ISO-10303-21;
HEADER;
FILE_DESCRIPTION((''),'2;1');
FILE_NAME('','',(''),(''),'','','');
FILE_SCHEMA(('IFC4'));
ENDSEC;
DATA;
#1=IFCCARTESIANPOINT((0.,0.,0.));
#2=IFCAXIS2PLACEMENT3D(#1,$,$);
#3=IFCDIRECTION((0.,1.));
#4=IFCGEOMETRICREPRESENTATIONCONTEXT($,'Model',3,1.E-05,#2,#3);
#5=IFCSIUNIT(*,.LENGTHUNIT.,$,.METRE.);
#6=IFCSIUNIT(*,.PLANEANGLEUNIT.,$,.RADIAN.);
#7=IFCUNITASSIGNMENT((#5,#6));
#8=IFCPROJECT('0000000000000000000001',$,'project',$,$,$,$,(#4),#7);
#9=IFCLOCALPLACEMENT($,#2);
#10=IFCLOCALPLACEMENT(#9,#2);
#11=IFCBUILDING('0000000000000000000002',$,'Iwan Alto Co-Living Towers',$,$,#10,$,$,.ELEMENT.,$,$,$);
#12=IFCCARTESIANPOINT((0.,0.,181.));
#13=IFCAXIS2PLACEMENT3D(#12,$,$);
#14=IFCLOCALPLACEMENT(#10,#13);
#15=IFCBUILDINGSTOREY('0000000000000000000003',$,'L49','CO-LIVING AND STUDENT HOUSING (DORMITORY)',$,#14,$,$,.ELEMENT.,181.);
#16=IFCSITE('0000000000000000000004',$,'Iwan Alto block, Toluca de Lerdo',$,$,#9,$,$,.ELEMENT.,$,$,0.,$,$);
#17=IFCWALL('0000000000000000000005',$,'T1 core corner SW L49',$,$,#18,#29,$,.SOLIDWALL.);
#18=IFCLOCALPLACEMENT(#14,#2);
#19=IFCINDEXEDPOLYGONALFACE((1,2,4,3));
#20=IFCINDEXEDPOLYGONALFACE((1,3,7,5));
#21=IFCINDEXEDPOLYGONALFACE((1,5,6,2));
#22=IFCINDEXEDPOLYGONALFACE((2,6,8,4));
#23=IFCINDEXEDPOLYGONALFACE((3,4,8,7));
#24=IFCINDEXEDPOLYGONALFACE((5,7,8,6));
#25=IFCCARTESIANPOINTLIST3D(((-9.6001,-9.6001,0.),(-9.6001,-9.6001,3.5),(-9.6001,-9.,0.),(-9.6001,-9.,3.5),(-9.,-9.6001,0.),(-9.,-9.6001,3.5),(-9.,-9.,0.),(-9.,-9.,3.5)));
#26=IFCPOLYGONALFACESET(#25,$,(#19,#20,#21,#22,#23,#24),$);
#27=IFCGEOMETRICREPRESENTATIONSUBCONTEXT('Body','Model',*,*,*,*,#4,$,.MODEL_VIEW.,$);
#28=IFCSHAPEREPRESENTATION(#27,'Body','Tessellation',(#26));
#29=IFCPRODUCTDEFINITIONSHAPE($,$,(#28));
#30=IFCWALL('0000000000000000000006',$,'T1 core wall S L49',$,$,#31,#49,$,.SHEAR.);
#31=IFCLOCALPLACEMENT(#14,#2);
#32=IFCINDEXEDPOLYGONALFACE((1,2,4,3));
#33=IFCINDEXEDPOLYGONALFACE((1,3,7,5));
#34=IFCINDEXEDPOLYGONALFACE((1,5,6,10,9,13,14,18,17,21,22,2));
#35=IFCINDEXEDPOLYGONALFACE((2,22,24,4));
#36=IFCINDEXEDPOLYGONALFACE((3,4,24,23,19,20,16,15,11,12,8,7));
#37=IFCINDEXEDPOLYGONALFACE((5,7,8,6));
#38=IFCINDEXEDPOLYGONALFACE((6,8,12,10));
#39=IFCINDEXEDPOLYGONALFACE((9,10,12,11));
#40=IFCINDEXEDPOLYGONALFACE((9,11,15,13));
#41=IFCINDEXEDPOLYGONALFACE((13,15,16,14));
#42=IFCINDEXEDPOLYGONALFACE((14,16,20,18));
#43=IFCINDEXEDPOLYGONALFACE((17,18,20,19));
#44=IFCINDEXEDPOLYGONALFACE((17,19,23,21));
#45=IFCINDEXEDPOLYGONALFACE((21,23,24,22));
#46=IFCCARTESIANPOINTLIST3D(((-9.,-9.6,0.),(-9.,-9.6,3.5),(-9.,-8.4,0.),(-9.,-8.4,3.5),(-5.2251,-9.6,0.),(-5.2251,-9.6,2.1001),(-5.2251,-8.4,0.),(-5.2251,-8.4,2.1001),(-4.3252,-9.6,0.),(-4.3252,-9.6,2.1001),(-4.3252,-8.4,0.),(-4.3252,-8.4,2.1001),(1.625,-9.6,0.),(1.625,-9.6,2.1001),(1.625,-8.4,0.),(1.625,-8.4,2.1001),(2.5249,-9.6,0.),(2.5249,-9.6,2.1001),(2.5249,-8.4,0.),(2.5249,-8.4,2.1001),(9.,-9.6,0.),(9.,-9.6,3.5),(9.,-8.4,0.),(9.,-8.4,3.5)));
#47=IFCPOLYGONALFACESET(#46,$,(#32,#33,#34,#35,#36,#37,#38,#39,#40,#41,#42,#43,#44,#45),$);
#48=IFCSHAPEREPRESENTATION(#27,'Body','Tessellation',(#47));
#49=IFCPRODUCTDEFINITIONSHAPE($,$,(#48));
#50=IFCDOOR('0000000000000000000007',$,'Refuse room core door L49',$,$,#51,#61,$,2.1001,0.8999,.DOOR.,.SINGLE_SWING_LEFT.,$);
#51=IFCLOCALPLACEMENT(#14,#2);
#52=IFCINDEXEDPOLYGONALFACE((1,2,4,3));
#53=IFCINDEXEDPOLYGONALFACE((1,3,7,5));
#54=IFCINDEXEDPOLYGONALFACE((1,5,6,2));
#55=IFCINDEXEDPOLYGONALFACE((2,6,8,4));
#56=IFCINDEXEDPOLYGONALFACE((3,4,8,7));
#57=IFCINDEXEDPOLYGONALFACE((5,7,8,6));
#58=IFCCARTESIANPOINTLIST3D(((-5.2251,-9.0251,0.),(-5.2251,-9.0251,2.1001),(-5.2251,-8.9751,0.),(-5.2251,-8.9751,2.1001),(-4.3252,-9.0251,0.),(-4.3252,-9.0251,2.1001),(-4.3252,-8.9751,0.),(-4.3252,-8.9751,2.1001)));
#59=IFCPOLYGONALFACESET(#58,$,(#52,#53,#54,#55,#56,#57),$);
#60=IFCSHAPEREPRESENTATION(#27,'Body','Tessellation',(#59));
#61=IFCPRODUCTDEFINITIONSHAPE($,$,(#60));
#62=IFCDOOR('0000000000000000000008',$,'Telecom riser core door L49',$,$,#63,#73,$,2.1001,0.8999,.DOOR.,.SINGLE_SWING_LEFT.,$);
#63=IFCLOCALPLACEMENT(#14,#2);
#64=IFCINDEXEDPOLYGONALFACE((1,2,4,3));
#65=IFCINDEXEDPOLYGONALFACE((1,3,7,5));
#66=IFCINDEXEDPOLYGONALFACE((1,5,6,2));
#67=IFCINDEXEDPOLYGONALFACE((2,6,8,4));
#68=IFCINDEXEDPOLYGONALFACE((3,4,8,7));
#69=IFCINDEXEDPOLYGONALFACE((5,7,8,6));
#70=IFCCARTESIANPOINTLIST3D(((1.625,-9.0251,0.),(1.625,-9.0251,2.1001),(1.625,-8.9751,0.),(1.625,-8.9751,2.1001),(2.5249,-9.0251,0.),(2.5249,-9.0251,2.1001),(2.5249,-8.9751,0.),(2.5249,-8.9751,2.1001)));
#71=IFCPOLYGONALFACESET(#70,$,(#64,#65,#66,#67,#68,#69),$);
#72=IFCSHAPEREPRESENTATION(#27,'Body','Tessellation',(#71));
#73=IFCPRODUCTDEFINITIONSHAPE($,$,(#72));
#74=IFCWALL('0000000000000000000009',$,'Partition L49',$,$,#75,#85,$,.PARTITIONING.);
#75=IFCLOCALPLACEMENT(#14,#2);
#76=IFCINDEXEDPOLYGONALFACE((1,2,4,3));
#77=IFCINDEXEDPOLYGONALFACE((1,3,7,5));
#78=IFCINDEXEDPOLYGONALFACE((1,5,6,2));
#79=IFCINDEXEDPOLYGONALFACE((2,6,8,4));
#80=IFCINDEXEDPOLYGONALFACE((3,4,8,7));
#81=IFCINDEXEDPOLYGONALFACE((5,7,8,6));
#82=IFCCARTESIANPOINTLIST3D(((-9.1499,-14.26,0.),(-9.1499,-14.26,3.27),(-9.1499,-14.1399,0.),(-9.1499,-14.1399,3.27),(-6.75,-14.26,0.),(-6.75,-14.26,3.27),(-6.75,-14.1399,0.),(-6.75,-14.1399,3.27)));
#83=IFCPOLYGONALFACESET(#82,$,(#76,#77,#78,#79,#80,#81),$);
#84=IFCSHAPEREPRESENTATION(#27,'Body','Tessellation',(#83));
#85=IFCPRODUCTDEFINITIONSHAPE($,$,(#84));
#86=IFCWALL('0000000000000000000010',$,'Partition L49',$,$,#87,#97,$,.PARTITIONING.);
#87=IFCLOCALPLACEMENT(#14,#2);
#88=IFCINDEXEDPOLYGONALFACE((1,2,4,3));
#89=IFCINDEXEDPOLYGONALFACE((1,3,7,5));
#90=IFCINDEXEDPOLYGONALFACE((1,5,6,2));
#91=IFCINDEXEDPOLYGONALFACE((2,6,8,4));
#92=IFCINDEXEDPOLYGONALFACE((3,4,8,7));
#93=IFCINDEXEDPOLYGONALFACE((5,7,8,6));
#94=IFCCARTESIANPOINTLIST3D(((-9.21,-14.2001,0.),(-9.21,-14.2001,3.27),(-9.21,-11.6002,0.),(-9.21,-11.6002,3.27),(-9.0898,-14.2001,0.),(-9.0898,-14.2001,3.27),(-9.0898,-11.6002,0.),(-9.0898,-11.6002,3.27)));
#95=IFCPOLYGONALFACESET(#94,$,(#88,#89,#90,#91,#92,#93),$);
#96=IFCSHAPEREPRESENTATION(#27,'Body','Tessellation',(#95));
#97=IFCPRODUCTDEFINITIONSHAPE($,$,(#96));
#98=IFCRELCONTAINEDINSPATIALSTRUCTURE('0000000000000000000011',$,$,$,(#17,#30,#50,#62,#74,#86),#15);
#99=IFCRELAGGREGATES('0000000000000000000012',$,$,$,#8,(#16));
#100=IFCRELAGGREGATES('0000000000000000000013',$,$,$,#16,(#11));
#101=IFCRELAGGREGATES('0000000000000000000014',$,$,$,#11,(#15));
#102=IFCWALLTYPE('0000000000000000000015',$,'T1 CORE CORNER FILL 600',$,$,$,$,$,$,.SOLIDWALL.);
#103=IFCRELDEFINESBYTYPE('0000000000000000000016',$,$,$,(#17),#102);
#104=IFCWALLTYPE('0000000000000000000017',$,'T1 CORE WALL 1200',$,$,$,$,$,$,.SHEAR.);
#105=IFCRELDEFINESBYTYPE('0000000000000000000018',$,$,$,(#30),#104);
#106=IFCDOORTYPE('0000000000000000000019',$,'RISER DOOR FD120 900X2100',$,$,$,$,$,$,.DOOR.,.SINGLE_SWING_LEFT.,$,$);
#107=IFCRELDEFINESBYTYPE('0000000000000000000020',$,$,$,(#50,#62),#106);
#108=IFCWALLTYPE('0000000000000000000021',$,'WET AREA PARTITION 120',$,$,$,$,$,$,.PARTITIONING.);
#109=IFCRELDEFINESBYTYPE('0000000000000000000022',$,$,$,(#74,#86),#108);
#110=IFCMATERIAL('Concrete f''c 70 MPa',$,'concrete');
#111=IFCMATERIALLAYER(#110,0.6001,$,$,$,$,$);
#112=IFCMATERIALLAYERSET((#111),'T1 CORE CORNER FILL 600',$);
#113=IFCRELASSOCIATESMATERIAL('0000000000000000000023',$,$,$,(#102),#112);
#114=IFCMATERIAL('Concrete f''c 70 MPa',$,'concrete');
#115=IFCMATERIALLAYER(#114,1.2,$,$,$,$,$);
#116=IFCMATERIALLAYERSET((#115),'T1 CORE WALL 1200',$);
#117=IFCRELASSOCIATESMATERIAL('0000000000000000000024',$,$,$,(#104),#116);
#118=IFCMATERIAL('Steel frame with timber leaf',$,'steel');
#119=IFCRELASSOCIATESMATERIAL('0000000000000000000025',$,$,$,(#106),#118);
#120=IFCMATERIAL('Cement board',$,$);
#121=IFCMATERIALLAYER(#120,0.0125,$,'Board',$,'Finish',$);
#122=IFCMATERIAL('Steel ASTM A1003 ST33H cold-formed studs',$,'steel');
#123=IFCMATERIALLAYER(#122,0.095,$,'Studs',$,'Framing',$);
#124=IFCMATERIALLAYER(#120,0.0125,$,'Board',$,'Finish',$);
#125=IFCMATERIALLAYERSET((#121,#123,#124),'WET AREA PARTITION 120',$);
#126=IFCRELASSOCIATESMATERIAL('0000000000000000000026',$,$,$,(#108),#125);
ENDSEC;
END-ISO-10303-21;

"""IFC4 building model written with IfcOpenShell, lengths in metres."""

from ifc_helpers import new_model, si_unit, direction, frame, frame_2d, origin, place, context, subcontext, project, spatial, rectangle, extrude, material, layer, layer_set, type_object, element, fill, save


model = new_model("IFC4")

# Units and contexts
model_context = context("Model", 3, precision=1e-05, world=origin(), true_north=direction((0.0, 1.0)))
body_context = subcontext(model_context, "Body", "Model", "MODEL_VIEW")
ifc_project = project(units=[si_unit("LENGTHUNIT", "METRE"), si_unit("PLANEANGLEUNIT", "RADIAN")], contexts=[model_context])

# Site, building, storey
site_placement = place(None, origin())
site = spatial("IfcSite", under=ifc_project, at=site_placement, Name="Iwan Alto block, Toluca de Lerdo", CompositionType="ELEMENT", RefElevation=0.0)
building_placement = place(site_placement, origin())
building = spatial("IfcBuilding", under=site, at=building_placement, Name="Iwan Alto Co-Living Towers", CompositionType="ELEMENT")
storey_placement = place(building_placement, frame((0.0, 0.0, 181.0)))
storey = spatial("IfcBuildingStorey", under=building, at=storey_placement, Name="L49", Description="CO-LIVING AND STUDENT HOUSING (DORMITORY)", CompositionType="ELEMENT", Elevation=181.0)

# Shared definitions
ifc_material_1 = material(Name="Steel ASTM A1003 ST33H cold-formed studs", Category="steel")

# Wall
ifc_material_2 = material(Name="Concrete f'c 70 MPa", Category="concrete")
ifc_layer_1 = layer(ifc_material_2, 0.6001)
ifc_layer_set_1 = layer_set([ifc_layer_1], Name="T1 CORE CORNER FILL 600")
wall_type_1 = type_object("IfcWallType", Name="T1 CORE CORNER FILL 600", PredefinedType="SOLIDWALL", material=ifc_layer_set_1)
wall_1_placement = place(storey_placement, frame((-9.6001, -9.3, 0.0), z_axis=(0.0, 0.0, 1.0), x_axis=(1.0, 0.0, 0.0)))
element("IfcWall", 1, at=wall_1_placement, inside=storey, type_object=wall_type_1, Name="T1 core corner SW L49", PredefinedType="SOLIDWALL", context=body_context, shape_type="SweptSolid", body=[
    extrude(rectangle(XDim=0.6001, YDim=0.6001, at=frame_2d((0.3, 0.0))), origin(), (0.0, 0.0, 1.0), 3.5),
])

# Wall, openings, doors
ifc_material_3 = material(Name="Concrete f'c 70 MPa", Category="concrete")
ifc_layer_2 = layer(ifc_material_3, 1.2)
ifc_layer_set_2 = layer_set([ifc_layer_2], Name="T1 CORE WALL 1200")
wall_type_2 = type_object("IfcWallType", Name="T1 CORE WALL 1200", PredefinedType="SHEAR", material=ifc_layer_set_2)
wall_2_placement = place(storey_placement, frame((-9.0, -9.0, 0.0), z_axis=(0.0, 0.0, 1.0), x_axis=(1.0, 0.0, 0.0)))
wall_2 = element("IfcWall", 2, at=wall_2_placement, inside=storey, type_object=wall_type_2, Name="T1 core wall S L49", PredefinedType="SHEAR", context=body_context, shape_type="SweptSolid", body=[
    extrude(rectangle(XDim=18.0, YDim=1.2, at=frame_2d((9.0, 0.0))), origin(), (0.0, 0.0, 1.0), 3.5),
])
opening_1_placement = place(wall_2_placement, frame((3.7749, 0.0, 0.0)))
opening_1 = element("IfcOpeningElement", 3, at=opening_1_placement, cuts=wall_2, PredefinedType="OPENING", context=body_context, shape_type="SweptSolid", body=[
    extrude(rectangle(XDim=0.8999, YDim=2.1001, at=frame_2d((0.45, 1.05))), frame((0.0, 0.6099, 0.0), z_axis=(0.0, -1.0, 0.0), x_axis=(1.0, 0.0, 0.0)), (0.0, 0.0, 1.0), 1.22),
])
opening_2_placement = place(wall_2_placement, frame((10.625, 0.0, 0.0)))
opening_2 = element("IfcOpeningElement", 4, at=opening_2_placement, cuts=wall_2, PredefinedType="OPENING", context=body_context, shape_type="SweptSolid", body=[
    extrude(rectangle(XDim=0.8999, YDim=2.1001, at=frame_2d((0.45, 1.05))), frame((0.0, 0.6099, 0.0), z_axis=(0.0, -1.0, 0.0), x_axis=(1.0, 0.0, 0.0)), (0.0, 0.0, 1.0), 1.22),
])
ifc_material_4 = material(Name="Steel frame with timber leaf", Category="steel")
door_type_1 = type_object("IfcDoorType", Name="RISER DOOR FD120 900X2100", OperationType="SINGLE_SWING_LEFT", PredefinedType="DOOR", material=ifc_material_4)
door_1_placement = place(opening_1_placement, origin())
door_1 = element("IfcDoor", 5, at=door_1_placement, inside=storey, type_object=door_type_1, Name="Refuse room core door L49", OperationType="SINGLE_SWING_LEFT", OverallHeight=2.1001, OverallWidth=0.8999, PredefinedType="DOOR", context=body_context, shape_type="SweptSolid", body=[
    extrude(rectangle(XDim=0.8999, YDim=2.1001, at=frame_2d((0.45, 1.05))), frame((0.0, 0.0249, 0.0), z_axis=(0.0, -1.0, 0.0), x_axis=(1.0, 0.0, 0.0)), (0.0, 0.0, 1.0), 0.05),
])
fill(opening_1, door_1)
door_2_placement = place(opening_2_placement, origin())
door_2 = element("IfcDoor", 6, at=door_2_placement, inside=storey, type_object=door_type_1, Name="Telecom riser core door L49", OperationType="SINGLE_SWING_LEFT", OverallHeight=2.1001, OverallWidth=0.8999, PredefinedType="DOOR", context=body_context, shape_type="SweptSolid", body=[
    extrude(rectangle(XDim=0.8999, YDim=2.1001, at=frame_2d((0.45, 1.05))), frame((0.0, 0.0249, 0.0), z_axis=(0.0, -1.0, 0.0), x_axis=(1.0, 0.0, 0.0)), (0.0, 0.0, 1.0), 0.05),
])
fill(opening_2, door_2)

# Walls
ifc_material_5 = material(Name="Cement board")
ifc_layer_3 = layer(ifc_material_5, 0.0125, Name="Board", Category="Finish")
ifc_layer_4 = layer(ifc_material_1, 0.095, Name="Studs", Category="Framing")
ifc_layer_5 = layer(ifc_material_5, 0.0125, Name="Board", Category="Finish")
ifc_layer_set_3 = layer_set([ifc_layer_3, ifc_layer_4, ifc_layer_5], Name="WET AREA PARTITION 120")
wall_type_3 = type_object("IfcWallType", Name="WET AREA PARTITION 120", PredefinedType="PARTITIONING", material=ifc_layer_set_3)
wall_3_placement = place(storey_placement, frame((-9.1499, -14.2, 0.0), z_axis=(0.0, 0.0, 1.0), x_axis=(1.0, 0.0, 0.0)))
element("IfcWall", 7, at=wall_3_placement, inside=storey, type_object=wall_type_3, Name="Partition L49", PredefinedType="PARTITIONING", context=body_context, shape_type="SweptSolid", body=[
    extrude(rectangle(XDim=2.3999, YDim=0.1201, at=frame_2d((1.2, 0.0))), origin(), (0.0, 0.0, 1.0), 3.27),
])
wall_4_placement = place(storey_placement, frame((-9.1499, -14.2, 0.0), z_axis=(0.0, 0.0, 1.0), x_axis=(0.0, 1.0, 0.0)))
element("IfcWall", 8, at=wall_4_placement, inside=storey, type_object=wall_type_3, Name="Partition L49", PredefinedType="PARTITIONING", context=body_context, shape_type="SweptSolid", body=[
    extrude(rectangle(XDim=2.5999, YDim=0.1201, at=frame_2d((1.2998, 0.0))), origin(), (0.0, 0.0, 1.0), 3.27),
])

save(model, "model.ifc")
